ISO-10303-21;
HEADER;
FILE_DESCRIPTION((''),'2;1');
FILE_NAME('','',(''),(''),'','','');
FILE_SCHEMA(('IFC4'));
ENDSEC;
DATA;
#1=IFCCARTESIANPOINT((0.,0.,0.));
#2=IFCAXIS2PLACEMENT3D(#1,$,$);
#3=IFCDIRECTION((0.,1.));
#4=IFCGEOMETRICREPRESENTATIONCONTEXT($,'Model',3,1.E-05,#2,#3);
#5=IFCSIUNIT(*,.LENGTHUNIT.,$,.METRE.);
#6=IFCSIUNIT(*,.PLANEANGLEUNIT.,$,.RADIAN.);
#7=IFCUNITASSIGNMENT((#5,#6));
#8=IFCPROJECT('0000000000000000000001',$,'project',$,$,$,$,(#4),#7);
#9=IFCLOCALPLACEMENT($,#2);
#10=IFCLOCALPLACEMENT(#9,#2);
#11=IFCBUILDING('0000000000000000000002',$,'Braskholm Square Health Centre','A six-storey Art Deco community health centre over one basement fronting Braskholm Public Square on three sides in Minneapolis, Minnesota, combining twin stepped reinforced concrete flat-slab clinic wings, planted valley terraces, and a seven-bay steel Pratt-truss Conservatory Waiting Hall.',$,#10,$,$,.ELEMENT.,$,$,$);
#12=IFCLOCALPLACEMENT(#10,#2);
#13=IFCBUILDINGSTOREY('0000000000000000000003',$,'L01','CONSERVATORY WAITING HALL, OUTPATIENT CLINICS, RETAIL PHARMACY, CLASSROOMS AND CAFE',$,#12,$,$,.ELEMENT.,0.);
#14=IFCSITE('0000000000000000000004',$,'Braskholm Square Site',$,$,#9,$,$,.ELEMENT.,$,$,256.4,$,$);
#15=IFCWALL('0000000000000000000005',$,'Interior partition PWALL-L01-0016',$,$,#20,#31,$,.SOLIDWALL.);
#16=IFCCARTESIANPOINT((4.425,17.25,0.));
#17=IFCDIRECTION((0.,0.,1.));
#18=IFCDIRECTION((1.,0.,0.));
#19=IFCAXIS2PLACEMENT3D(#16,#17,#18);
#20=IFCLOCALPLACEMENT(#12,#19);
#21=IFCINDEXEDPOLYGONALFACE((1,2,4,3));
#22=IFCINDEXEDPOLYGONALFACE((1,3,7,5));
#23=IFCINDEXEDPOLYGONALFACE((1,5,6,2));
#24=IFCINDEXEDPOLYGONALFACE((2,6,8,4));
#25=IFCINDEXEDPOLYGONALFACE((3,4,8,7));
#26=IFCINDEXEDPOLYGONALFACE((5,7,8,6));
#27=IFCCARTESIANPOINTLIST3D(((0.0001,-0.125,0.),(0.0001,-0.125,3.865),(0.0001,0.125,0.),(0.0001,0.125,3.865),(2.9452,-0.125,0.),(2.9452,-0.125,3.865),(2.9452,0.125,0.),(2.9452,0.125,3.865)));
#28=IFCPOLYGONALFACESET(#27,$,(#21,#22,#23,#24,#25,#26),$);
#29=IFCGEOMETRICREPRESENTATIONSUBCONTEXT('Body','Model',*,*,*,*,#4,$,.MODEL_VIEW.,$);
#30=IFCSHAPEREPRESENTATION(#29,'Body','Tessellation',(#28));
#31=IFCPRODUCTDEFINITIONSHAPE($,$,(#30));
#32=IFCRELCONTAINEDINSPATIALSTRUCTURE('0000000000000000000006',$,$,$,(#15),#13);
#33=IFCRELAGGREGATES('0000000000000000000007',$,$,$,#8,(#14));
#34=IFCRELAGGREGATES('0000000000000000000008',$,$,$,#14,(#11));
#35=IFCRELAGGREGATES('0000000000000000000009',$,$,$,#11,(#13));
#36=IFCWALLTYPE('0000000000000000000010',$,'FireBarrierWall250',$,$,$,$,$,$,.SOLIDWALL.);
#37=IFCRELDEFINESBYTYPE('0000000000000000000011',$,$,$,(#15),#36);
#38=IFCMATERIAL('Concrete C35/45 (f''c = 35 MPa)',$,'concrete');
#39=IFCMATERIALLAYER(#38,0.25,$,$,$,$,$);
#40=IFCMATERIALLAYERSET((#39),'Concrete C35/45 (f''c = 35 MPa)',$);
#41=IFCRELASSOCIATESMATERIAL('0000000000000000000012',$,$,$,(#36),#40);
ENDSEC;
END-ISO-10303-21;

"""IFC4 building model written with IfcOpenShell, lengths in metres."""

from ifc_helpers import new_model, si_unit, direction, frame, frame_2d, origin, place, context, subcontext, project, spatial, rectangle, extrude, material, layer, layer_set, type_object, element, save


model = new_model("IFC4")

# Units and contexts
model_context = context("Model", 3, precision=1e-05, world=origin(), true_north=direction((0.0, 1.0)))
body_context = subcontext(model_context, "Body", "Model", "MODEL_VIEW")
ifc_project = project(units=[si_unit("LENGTHUNIT", "METRE"), si_unit("PLANEANGLEUNIT", "RADIAN")], contexts=[model_context])

# Site, building, storey
site_placement = place(None, origin())
site = spatial("IfcSite", under=ifc_project, at=site_placement, Name="Braskholm Square Site", CompositionType="ELEMENT", RefElevation=256.4)
building_placement = place(site_placement, origin())
building = spatial("IfcBuilding", under=site, at=building_placement, Name="Braskholm Square Health Centre", Description="A six-storey Art Deco community health centre over one basement fronting Braskholm Public Square on three sides in Minneapolis, Minnesota, combining twin stepped reinforced concrete flat-slab clinic wings, planted valley terraces, and a seven-bay steel Pratt-truss Conservatory Waiting Hall.", CompositionType="ELEMENT")
storey_placement = place(building_placement, origin())
storey = spatial("IfcBuildingStorey", under=building, at=storey_placement, Name="L01", Description="CONSERVATORY WAITING HALL, OUTPATIENT CLINICS, RETAIL PHARMACY, CLASSROOMS AND CAFE", CompositionType="ELEMENT", Elevation=0.0)

# Wall
ifc_material_1 = material(Name="Concrete C35/45 (f'c = 35 MPa)", Category="concrete")
ifc_layer_1 = layer(ifc_material_1, 0.25)
ifc_layer_set_1 = layer_set([ifc_layer_1], Name="Concrete C35/45 (f'c = 35 MPa)")
wall_type_1 = type_object("IfcWallType", Name="FireBarrierWall250", PredefinedType="SOLIDWALL", material=ifc_layer_set_1)
wall_1_placement = place(storey_placement, frame((4.425, 17.25, 0.0), z_axis=(0.0, 0.0, 1.0), x_axis=(1.0, 0.0, 0.0)))
element("IfcWall", 1, at=wall_1_placement, inside=storey, type_object=wall_type_1, Name="Interior partition PWALL-L01-0016", PredefinedType="SOLIDWALL", context=body_context, shape_type="SweptSolid", body=[
    extrude(rectangle(XDim=2.9451, YDim=0.25, at=frame_2d((1.4727, 0.0))), origin(), (0.0, 0.0, 1.0), 3.865),
])

save(model, "model.ifc")
